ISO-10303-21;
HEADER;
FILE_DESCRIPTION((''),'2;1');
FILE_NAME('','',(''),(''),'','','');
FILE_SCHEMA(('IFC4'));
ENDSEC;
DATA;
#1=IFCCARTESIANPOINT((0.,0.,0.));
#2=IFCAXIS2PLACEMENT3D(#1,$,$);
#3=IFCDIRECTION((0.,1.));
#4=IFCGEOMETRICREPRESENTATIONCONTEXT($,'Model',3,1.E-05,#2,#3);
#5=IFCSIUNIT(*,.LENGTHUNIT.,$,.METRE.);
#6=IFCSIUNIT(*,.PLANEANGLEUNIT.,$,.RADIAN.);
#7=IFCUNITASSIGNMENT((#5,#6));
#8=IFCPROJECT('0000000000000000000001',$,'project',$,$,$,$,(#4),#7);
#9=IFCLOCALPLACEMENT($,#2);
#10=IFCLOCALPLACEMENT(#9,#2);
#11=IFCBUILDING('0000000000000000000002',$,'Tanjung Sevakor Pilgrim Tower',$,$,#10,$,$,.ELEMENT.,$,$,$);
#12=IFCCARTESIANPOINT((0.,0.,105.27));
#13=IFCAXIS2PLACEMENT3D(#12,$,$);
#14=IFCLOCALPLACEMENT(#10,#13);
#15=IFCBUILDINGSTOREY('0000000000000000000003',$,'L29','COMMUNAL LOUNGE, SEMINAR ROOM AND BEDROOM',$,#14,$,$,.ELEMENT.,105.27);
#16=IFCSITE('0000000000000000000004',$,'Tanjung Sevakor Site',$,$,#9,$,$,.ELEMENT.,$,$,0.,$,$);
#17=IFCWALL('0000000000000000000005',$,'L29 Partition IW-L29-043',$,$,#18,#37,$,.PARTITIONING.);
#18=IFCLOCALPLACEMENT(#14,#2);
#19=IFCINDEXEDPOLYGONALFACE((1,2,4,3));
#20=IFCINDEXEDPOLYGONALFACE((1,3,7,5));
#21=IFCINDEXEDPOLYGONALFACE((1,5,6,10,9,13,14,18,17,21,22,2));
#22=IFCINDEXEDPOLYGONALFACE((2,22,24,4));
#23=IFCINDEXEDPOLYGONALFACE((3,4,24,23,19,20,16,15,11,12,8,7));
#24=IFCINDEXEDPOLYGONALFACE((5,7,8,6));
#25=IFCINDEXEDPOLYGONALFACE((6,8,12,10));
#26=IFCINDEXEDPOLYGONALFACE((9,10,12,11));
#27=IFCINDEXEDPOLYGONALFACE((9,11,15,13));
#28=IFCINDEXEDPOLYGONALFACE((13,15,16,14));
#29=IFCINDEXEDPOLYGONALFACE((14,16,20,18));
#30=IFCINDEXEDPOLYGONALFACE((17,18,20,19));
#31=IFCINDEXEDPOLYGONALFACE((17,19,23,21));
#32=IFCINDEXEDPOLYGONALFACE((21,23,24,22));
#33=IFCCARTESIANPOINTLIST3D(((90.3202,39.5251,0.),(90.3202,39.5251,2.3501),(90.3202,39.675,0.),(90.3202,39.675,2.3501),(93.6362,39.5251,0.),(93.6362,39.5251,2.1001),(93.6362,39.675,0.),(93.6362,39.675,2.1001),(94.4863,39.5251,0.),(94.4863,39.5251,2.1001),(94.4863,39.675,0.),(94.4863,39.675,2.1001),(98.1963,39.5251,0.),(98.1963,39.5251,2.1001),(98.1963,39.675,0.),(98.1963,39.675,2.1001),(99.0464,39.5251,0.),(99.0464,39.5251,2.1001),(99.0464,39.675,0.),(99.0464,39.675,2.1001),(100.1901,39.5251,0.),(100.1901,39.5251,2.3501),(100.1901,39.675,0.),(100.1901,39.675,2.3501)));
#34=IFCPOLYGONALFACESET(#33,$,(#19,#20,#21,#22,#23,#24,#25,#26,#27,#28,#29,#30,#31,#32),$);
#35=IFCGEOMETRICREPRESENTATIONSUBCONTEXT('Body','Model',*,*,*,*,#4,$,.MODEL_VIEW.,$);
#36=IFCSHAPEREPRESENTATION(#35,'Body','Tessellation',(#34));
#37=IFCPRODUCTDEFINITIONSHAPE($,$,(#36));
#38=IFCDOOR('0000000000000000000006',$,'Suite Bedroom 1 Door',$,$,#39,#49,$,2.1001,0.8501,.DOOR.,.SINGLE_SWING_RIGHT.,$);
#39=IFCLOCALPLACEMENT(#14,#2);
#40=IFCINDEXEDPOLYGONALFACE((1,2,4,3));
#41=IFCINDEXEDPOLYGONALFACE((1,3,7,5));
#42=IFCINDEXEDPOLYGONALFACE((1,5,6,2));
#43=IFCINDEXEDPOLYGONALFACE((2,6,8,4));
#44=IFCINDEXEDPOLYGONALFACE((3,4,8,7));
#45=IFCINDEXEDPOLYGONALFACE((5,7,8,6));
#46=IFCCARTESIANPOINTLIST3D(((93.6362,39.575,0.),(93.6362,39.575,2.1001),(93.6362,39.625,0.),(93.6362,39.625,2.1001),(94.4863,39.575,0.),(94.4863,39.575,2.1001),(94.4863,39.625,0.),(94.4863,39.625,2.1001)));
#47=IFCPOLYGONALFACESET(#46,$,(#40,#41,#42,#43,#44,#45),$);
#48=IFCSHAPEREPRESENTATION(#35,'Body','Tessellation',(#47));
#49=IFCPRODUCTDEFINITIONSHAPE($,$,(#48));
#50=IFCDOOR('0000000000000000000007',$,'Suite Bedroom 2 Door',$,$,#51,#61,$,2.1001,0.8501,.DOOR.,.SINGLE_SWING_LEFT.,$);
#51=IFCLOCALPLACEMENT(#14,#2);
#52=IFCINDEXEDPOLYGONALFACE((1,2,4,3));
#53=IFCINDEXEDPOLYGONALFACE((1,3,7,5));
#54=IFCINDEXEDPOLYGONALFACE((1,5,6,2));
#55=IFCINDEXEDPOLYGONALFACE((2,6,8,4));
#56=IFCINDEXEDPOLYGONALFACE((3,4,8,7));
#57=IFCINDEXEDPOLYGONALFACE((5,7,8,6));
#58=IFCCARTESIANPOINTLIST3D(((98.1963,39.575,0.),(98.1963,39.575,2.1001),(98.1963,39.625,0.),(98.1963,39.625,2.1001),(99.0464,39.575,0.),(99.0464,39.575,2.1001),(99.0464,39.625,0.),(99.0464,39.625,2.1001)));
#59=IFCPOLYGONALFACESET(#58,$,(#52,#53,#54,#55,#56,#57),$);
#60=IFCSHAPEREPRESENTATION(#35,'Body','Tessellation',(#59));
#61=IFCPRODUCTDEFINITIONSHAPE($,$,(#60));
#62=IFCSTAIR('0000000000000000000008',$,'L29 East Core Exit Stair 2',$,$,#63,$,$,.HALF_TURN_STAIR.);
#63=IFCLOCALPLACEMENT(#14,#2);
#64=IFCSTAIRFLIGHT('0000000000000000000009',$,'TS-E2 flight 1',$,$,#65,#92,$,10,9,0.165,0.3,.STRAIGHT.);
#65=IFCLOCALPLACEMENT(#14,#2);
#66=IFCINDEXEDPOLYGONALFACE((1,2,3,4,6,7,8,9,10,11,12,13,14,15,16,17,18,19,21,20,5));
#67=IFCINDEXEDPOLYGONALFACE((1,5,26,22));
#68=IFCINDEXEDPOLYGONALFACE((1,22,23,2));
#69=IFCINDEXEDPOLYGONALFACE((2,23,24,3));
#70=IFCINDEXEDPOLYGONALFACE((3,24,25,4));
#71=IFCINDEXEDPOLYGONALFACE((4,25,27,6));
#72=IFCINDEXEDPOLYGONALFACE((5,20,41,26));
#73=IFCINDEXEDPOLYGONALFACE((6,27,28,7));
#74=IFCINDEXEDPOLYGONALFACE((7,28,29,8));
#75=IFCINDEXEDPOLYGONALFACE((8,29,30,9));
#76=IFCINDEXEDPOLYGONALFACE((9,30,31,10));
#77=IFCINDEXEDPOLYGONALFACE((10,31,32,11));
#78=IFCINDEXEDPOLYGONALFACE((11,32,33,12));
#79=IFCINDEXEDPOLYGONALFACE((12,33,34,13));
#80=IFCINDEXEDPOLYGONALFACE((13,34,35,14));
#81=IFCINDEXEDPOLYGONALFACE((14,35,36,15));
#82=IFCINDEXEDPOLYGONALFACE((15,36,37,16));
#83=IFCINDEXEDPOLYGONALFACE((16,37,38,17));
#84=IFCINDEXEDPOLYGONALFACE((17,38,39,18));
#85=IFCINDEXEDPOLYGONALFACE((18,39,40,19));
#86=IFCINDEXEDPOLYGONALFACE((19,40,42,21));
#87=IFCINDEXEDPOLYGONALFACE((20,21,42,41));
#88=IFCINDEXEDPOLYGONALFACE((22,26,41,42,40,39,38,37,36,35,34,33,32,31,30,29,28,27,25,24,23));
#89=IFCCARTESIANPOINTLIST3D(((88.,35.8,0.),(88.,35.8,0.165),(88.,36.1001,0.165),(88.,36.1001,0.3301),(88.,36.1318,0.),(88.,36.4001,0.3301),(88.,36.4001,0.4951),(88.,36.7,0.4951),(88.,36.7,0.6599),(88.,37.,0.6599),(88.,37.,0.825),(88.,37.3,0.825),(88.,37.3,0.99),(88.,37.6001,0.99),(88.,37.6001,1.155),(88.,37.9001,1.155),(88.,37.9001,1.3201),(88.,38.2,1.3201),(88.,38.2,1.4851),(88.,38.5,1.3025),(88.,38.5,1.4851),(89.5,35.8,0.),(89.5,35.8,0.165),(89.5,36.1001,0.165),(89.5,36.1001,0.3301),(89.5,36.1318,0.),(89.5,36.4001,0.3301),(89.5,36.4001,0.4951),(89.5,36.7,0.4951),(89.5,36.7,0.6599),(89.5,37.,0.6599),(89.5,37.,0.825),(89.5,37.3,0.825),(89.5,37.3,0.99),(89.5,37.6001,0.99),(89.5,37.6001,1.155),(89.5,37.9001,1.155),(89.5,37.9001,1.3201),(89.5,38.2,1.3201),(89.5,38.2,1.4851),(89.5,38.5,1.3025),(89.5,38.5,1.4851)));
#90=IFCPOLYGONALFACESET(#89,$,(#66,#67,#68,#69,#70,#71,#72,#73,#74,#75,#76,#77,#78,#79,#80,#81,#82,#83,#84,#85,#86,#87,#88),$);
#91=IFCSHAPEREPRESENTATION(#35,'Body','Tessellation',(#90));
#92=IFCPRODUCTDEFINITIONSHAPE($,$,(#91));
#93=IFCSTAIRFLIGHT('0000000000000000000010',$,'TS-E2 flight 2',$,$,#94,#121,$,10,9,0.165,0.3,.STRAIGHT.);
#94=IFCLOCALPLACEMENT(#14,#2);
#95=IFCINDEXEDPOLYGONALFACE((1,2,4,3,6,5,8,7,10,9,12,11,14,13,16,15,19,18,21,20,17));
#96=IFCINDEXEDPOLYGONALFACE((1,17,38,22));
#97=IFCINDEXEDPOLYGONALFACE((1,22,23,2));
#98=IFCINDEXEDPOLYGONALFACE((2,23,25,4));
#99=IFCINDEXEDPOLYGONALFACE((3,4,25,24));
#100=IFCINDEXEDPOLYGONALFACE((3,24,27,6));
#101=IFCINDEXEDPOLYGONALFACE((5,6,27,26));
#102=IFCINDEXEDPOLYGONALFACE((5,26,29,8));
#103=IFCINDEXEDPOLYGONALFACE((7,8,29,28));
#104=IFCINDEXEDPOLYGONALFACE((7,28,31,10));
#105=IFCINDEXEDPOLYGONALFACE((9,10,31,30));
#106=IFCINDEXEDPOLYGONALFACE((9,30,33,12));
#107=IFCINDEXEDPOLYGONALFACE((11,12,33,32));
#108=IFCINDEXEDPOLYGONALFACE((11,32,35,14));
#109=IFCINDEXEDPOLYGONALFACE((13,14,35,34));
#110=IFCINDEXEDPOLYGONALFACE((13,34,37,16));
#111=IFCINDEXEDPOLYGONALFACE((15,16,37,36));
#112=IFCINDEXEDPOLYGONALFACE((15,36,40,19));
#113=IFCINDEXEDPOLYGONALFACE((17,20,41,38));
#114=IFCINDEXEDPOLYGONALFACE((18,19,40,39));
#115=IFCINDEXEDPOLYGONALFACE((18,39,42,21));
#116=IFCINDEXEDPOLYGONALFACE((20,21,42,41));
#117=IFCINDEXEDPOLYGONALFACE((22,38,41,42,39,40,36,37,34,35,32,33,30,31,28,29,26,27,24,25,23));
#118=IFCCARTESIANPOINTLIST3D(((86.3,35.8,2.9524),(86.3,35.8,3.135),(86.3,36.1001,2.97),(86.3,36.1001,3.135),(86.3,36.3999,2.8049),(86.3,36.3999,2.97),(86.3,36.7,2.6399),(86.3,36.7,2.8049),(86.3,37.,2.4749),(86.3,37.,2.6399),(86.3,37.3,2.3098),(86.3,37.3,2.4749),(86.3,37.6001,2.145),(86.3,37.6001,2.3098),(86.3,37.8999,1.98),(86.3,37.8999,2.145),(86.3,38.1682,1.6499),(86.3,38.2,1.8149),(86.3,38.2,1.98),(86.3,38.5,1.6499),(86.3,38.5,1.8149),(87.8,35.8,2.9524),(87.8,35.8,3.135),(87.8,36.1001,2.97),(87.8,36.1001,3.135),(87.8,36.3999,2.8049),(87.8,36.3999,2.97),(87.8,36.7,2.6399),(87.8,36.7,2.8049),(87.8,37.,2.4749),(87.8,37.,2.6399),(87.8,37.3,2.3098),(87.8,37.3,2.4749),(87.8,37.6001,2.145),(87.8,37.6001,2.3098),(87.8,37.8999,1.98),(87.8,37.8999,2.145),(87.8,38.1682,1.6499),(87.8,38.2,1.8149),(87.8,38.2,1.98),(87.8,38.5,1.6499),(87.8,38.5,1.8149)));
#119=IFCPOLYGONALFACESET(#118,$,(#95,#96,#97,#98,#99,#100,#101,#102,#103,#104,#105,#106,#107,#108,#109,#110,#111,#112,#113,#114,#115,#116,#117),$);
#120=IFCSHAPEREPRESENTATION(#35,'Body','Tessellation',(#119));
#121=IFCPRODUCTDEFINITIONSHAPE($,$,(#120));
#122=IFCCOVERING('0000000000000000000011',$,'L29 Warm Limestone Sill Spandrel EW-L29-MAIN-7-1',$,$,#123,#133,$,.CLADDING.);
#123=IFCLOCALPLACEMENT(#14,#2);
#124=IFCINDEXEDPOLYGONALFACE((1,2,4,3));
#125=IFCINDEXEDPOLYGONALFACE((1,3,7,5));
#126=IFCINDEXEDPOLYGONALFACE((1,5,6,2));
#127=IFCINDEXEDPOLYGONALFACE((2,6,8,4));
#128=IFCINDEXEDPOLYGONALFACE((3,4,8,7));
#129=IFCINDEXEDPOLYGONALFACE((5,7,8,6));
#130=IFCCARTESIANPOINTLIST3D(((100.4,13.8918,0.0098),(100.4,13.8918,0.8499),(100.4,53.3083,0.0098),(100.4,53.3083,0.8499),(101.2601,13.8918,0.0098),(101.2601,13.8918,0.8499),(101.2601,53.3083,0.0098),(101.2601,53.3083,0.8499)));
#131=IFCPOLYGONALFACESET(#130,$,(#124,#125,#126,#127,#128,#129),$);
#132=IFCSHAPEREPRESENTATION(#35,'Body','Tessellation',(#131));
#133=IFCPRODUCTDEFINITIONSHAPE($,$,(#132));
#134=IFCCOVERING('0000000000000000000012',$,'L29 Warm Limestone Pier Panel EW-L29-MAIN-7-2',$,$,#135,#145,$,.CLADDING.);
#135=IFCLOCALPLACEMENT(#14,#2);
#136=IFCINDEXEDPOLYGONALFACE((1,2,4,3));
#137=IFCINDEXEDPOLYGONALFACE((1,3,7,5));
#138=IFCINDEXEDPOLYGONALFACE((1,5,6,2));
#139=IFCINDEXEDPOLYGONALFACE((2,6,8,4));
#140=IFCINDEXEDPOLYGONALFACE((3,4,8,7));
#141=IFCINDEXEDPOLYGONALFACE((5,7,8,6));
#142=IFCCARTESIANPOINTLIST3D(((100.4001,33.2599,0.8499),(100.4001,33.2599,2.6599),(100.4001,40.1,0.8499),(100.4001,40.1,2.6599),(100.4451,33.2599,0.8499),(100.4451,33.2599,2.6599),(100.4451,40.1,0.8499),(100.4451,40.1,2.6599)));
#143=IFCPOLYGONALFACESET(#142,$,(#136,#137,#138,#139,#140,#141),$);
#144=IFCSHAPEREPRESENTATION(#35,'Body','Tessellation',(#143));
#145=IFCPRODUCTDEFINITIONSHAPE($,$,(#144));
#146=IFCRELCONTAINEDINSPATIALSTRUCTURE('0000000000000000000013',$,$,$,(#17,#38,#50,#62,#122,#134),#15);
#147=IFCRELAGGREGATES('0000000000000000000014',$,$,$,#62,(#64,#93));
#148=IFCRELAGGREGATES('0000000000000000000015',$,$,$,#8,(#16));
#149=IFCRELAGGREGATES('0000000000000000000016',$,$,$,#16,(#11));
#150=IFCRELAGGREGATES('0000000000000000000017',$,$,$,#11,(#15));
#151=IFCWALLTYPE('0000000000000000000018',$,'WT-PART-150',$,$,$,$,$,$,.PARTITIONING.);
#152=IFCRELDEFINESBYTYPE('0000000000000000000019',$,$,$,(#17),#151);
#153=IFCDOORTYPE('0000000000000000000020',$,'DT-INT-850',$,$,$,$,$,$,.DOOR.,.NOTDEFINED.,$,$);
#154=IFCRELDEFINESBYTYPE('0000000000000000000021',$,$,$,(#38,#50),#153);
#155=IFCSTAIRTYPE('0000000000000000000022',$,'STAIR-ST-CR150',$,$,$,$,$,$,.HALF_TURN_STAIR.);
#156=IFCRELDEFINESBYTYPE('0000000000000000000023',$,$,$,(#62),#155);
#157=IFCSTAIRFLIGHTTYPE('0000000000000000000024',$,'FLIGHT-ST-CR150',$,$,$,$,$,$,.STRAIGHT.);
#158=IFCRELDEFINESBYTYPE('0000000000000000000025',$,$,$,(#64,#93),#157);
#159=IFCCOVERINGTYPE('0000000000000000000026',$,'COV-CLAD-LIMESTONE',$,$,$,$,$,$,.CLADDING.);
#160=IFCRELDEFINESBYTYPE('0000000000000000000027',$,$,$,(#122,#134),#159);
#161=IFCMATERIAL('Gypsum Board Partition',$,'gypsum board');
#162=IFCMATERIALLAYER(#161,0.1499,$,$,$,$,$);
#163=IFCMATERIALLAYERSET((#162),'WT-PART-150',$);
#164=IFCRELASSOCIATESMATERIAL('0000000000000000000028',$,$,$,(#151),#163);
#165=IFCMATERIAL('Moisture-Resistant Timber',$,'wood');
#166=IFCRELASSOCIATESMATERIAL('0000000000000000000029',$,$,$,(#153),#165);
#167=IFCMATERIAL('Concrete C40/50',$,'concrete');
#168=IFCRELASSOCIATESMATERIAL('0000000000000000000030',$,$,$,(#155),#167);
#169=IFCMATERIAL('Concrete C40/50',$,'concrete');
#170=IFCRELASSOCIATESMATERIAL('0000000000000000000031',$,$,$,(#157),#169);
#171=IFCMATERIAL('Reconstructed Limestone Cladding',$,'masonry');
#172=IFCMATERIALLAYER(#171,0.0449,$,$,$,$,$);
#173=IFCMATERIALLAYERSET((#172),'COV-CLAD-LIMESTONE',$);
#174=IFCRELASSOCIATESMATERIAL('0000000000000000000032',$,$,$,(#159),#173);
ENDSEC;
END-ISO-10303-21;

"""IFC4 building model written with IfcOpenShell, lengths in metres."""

from ifc_helpers import new_model, si_unit, direction, frame, frame_2d, origin, origin_2d, place, context, subcontext, project, spatial, polyline, rectangle, outline, extrude, material, layer, layer_set, type_object, element, fill, aggregate, save


model = new_model("IFC4")

# Units and contexts
model_context = context("Model", 3, precision=1e-05, world=origin(), true_north=direction((0.0, 1.0)))
body_context = subcontext(model_context, "Body", "Model", "MODEL_VIEW")
ifc_project = project(units=[si_unit("LENGTHUNIT", "METRE"), si_unit("PLANEANGLEUNIT", "RADIAN")], contexts=[model_context])

# Site, building, storey
site_placement = place(None, origin())
site = spatial("IfcSite", under=ifc_project, at=site_placement, Name="Tanjung Sevakor Site", CompositionType="ELEMENT", RefElevation=0.0)
building_placement = place(site_placement, origin())
building = spatial("IfcBuilding", under=site, at=building_placement, Name="Tanjung Sevakor Pilgrim Tower", CompositionType="ELEMENT")
storey_placement = place(building_placement, frame((0.0, 0.0, 105.27)))
storey = spatial("IfcBuildingStorey", under=building, at=storey_placement, Name="L29", Description="COMMUNAL LOUNGE, SEMINAR ROOM AND BEDROOM", CompositionType="ELEMENT", Elevation=105.27)

# Shared definitions
ifc_material_1 = material(Name="Gypsum Board Partition", Category="gypsum board")
ifc_layer_1 = layer(ifc_material_1, 0.1499)
ifc_layer_set_1 = layer_set([ifc_layer_1], Name="WT-PART-150")
wall_type_1 = type_object("IfcWallType", Name="WT-PART-150", PredefinedType="PARTITIONING", material=ifc_layer_set_1)

# Wall, openings, doors
wall_1_placement = place(storey_placement, frame((90.3201, 39.6001, 0.0), z_axis=(0.0, 0.0, 1.0), x_axis=(1.0, 0.0, 0.0)))
wall_1 = element("IfcWall", 1, at=wall_1_placement, inside=storey, type_object=wall_type_1, Name="L29 Partition IW-L29-043", PredefinedType="PARTITIONING", context=body_context, shape_type="SweptSolid", body=[
    extrude(rectangle(XDim=9.8699, YDim=0.1499, at=frame_2d((4.9351, 0.0))), origin(), (0.0, 0.0, 1.0), 2.3501),
])
opening_1_placement = place(wall_1_placement, frame((3.3162, 0.0, 0.0)))
opening_1 = element("IfcOpeningElement", 2, at=opening_1_placement, cuts=wall_1, PredefinedType="OPENING", context=body_context, shape_type="SweptSolid", body=[
    extrude(rectangle(XDim=0.8501, YDim=2.1001, at=frame_2d((0.425, 1.05))), frame((0.0, 0.085, 0.0), z_axis=(0.0, -1.0, 0.0), x_axis=(1.0, 0.0, 0.0)), (0.0, 0.0, 1.0), 0.1699),
])
opening_2_placement = place(wall_1_placement, frame((7.8762, 0.0, 0.0)))
opening_2 = element("IfcOpeningElement", 3, at=opening_2_placement, cuts=wall_1, PredefinedType="OPENING", context=body_context, shape_type="SweptSolid", body=[
    extrude(rectangle(XDim=0.8501, YDim=2.1001, at=frame_2d((0.425, 1.05))), frame((0.0, 0.085, 0.0), z_axis=(0.0, -1.0, 0.0), x_axis=(1.0, 0.0, 0.0)), (0.0, 0.0, 1.0), 0.1699),
])
ifc_material_2 = material(Name="Moisture-Resistant Timber", Category="wood")
door_type_1 = type_object("IfcDoorType", Name="DT-INT-850", OperationType="NOTDEFINED", PredefinedType="DOOR", material=ifc_material_2)
door_1_placement = place(opening_1_placement, origin())
door_1 = element("IfcDoor", 4, at=door_1_placement, inside=storey, type_object=door_type_1, Name="Suite Bedroom 1 Door", OperationType="SINGLE_SWING_RIGHT", OverallHeight=2.1001, OverallWidth=0.8501, PredefinedType="DOOR", context=body_context, shape_type="SweptSolid", body=[
    extrude(rectangle(XDim=0.8501, YDim=2.1001, at=frame_2d((0.425, 1.05))), frame((0.0, 0.0249, 0.0), z_axis=(0.0, -1.0, 0.0), x_axis=(1.0, 0.0, 0.0)), (0.0, 0.0, 1.0), 0.05),
])
fill(opening_1, door_1)
door_2_placement = place(opening_2_placement, origin())
door_2 = element("IfcDoor", 5, at=door_2_placement, inside=storey, type_object=door_type_1, Name="Suite Bedroom 2 Door", OperationType="SINGLE_SWING_LEFT", OverallHeight=2.1001, OverallWidth=0.8501, PredefinedType="DOOR", context=body_context, shape_type="SweptSolid", body=[
    extrude(rectangle(XDim=0.8501, YDim=2.1001, at=frame_2d((0.425, 1.05))), frame((0.0, 0.0249, 0.0), z_axis=(0.0, -1.0, 0.0), x_axis=(1.0, 0.0, 0.0)), (0.0, 0.0, 1.0), 0.05),
])
fill(opening_2, door_2)

# Stair, stair flights
ifc_material_3 = material(Name="Concrete C40/50", Category="concrete")
stair_type = type_object("IfcStairType", Name="STAIR-ST-CR150", PredefinedType="HALF_TURN_STAIR", material=ifc_material_3)
stair_placement = place(storey_placement, origin())
stair = element("IfcStair", 6, at=stair_placement, inside=storey, type_object=stair_type, Name="L29 East Core Exit Stair 2", PredefinedType="HALF_TURN_STAIR")
ifc_material_4 = material(Name="Concrete C40/50", Category="concrete")
stair_flight_type = type_object("IfcStairFlightType", Name="FLIGHT-ST-CR150", PredefinedType="STRAIGHT", material=ifc_material_4)
stair_flight_1_placement = place(storey_placement, frame((88.75, 35.8, 0.0), z_axis=(0.0, 0.0, 1.0), x_axis=(0.0, 1.0, 0.0)))
stair_flight_1 = element("IfcStairFlight", 7, at=stair_flight_1_placement, type_object=stair_flight_type, Name="TS-E2 flight 1", NumberOfRisers=10, NumberOfTreads=9, PredefinedType="STRAIGHT", RiserHeight=0.165, TreadLength=0.3, context=body_context, shape_type="SweptSolid", body=[
    extrude(outline(polyline([(0.0, 0.0), (0.0, 0.165), (0.3, 0.165), (0.3, 0.3301), (0.6001, 0.3301), (0.6001, 0.4951), (0.8999, 0.4951), (0.8999, 0.6599), (1.2, 0.6599), (1.2, 0.825), (1.5, 0.825), (1.5, 0.99), (1.8, 0.99), (1.8, 1.155), (2.1001, 1.155), (2.1001, 1.3201), (2.3999, 1.3201), (2.3999, 1.4851), (2.7, 1.4851), (2.7, 1.6499), (2.7, 1.3025), (0.3318, 0.0), (0.0, 0.0)])), frame((0.0, 0.75, 0.0), z_axis=(0.0, -1.0, 0.0), x_axis=(1.0, 0.0, 0.0)), (0.0, 0.0, 1.0), 1.5),
])
stair_flight_2_placement = place(storey_placement, frame((87.05, 38.5, 1.6499), z_axis=(0.0, 0.0, 1.0), x_axis=(0.0, -1.0, 0.0)))
stair_flight_2 = element("IfcStairFlight", 8, at=stair_flight_2_placement, type_object=stair_flight_type, Name="TS-E2 flight 2", NumberOfRisers=10, NumberOfTreads=9, PredefinedType="STRAIGHT", RiserHeight=0.165, TreadLength=0.3, context=body_context, shape_type="SweptSolid", body=[
    extrude(outline(polyline([(0.0, 0.0), (0.0, 0.165), (0.3, 0.165), (0.3, 0.3301), (0.6001, 0.3301), (0.6001, 0.4951), (0.8999, 0.4951), (0.8999, 0.6599), (1.2, 0.6599), (1.2, 0.825), (1.5, 0.825), (1.5, 0.99), (1.8, 0.99), (1.8, 1.155), (2.1001, 1.155), (2.1001, 1.3201), (2.3999, 1.3201), (2.3999, 1.4851), (2.7, 1.4851), (2.7, 1.6499), (2.7, 1.3025), (0.3318, 0.0), (0.0, 0.0)])), frame((0.0, 0.75, 0.0), z_axis=(0.0, -1.0, 0.0), x_axis=(1.0, 0.0, 0.0)), (0.0, 0.0, 1.0), 1.5),
])
aggregate(stair, [stair_flight_1, stair_flight_2])

# Coverings
ifc_material_5 = material(Name="Reconstructed Limestone Cladding", Category="masonry")
ifc_layer_2 = layer(ifc_material_5, 0.0449)
ifc_layer_set_2 = layer_set([ifc_layer_2], Name="COV-CLAD-LIMESTONE")
covering_type = type_object("IfcCoveringType", Name="COV-CLAD-LIMESTONE", PredefinedType="CLADDING", material=ifc_layer_set_2)
covering_1_placement = place(storey_placement, frame((100.8301, 33.6001, 0.0098), z_axis=(0.0, 0.0, 1.0), x_axis=(0.0, 1.0, 0.0)))
element("IfcCovering", 9, at=covering_1_placement, inside=storey, type_object=covering_type, Name="L29 Warm Limestone Sill Spandrel EW-L29-MAIN-7-1", PredefinedType="CLADDING", context=body_context, shape_type="SweptSolid", body=[
    extrude(rectangle(XDim=39.4165, YDim=0.8601, at=origin_2d()), origin(), (0.0, 0.0, 1.0), 0.8401),
])
covering_2_placement = place(storey_placement, frame((100.4226, 36.6799, 0.8499), z_axis=(0.0, 0.0, 1.0), x_axis=(0.0, 1.0, 0.0)))
element("IfcCovering", 10, at=covering_2_placement, inside=storey, type_object=covering_type, Name="L29 Warm Limestone Pier Panel EW-L29-MAIN-7-2", PredefinedType="CLADDING", context=body_context, shape_type="SweptSolid", body=[
    extrude(rectangle(XDim=6.8401, YDim=0.0449, at=origin_2d()), origin(), (0.0, 0.0, 1.0), 1.8101),
])

save(model, "model.ifc")
